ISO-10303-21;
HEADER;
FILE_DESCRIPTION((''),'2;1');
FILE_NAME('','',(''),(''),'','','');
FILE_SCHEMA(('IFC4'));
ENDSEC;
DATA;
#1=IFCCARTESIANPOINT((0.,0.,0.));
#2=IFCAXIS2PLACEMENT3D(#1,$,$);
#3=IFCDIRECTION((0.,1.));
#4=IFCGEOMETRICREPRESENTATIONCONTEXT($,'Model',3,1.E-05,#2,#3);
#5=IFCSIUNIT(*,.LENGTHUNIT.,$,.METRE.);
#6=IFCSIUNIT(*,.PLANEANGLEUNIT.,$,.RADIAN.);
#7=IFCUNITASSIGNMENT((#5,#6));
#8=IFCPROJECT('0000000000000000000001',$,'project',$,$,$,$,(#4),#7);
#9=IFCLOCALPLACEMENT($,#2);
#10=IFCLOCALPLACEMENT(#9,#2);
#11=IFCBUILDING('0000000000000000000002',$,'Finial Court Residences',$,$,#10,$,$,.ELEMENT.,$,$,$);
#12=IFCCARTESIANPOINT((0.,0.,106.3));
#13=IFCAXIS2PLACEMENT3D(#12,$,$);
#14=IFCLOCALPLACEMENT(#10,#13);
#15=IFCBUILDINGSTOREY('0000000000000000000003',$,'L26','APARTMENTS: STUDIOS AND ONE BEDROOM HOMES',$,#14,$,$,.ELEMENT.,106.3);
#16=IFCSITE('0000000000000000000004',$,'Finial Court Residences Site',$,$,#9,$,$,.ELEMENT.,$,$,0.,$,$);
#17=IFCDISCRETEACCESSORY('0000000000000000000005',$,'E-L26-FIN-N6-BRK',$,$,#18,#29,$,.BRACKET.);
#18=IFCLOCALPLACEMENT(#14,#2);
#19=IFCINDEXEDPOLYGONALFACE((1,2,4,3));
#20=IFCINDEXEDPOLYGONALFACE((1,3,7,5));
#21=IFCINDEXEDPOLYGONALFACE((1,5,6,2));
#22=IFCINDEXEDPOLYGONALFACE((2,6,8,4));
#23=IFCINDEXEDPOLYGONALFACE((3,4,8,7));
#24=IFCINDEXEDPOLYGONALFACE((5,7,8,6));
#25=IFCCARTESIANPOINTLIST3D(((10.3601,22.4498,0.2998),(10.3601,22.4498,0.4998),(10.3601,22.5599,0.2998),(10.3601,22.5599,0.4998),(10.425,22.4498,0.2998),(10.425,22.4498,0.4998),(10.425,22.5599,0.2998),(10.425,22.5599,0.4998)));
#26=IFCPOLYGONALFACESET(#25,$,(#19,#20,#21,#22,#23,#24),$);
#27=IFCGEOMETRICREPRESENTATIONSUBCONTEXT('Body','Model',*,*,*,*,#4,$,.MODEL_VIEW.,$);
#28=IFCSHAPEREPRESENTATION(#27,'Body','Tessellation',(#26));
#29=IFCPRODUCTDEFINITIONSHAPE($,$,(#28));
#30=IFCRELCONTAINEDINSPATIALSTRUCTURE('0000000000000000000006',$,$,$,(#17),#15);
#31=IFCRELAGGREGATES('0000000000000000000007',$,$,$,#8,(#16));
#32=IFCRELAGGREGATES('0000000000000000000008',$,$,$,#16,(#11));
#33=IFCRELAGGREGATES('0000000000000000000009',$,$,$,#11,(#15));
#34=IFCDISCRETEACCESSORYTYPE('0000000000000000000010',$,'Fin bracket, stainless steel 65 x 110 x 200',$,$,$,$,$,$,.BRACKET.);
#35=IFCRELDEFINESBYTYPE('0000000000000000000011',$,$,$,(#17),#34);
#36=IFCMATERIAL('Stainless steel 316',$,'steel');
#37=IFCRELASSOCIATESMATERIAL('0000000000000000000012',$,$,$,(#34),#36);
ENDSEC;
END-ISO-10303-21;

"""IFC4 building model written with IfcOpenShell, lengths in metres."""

from ifc_helpers import new_model, si_unit, direction, frame, origin, origin_2d, place, context, subcontext, project, spatial, rectangle, extrude, material, type_object, element, save


model = new_model("IFC4")

# Units and contexts
model_context = context("Model", 3, precision=1e-05, world=origin(), true_north=direction((0.0, 1.0)))
body_context = subcontext(model_context, "Body", "Model", "MODEL_VIEW")
ifc_project = project(units=[si_unit("LENGTHUNIT", "METRE"), si_unit("PLANEANGLEUNIT", "RADIAN")], contexts=[model_context])

# Site, building, storey
site_placement = place(None, origin())
site = spatial("IfcSite", under=ifc_project, at=site_placement, Name="Finial Court Residences Site", CompositionType="ELEMENT", RefElevation=0.0)
building_placement = place(site_placement, origin())
building = spatial("IfcBuilding", under=site, at=building_placement, Name="Finial Court Residences", CompositionType="ELEMENT")
storey_placement = place(building_placement, frame((0.0, 0.0, 106.3)))
storey = spatial("IfcBuildingStorey", under=building, at=storey_placement, Name="L26", Description="APARTMENTS: STUDIOS AND ONE BEDROOM HOMES", CompositionType="ELEMENT", Elevation=106.3)

# Discrete accessory
ifc_material_1 = material(Name="Stainless steel 316", Category="steel")
discrete_accessory_type = type_object("IfcDiscreteAccessoryType", Name="Fin bracket, stainless steel 65 x 110 x 200", PredefinedType="BRACKET", material=ifc_material_1)
discrete_accessory_placement = place(storey_placement, frame((10.3926, 22.5049, 0.2998), z_axis=(0.0, 0.0, 1.0), x_axis=(1.0, 0.0, 0.0)))
element("IfcDiscreteAccessory", 1, at=discrete_accessory_placement, inside=storey, type_object=discrete_accessory_type, Name="E-L26-FIN-N6-BRK", PredefinedType="BRACKET", context=body_context, shape_type="SweptSolid", body=[
    extrude(rectangle(XDim=0.0649, YDim=0.1101, at=origin_2d()), origin(), (0.0, 0.0, 1.0), 0.2),
])

save(model, "model.ifc")
